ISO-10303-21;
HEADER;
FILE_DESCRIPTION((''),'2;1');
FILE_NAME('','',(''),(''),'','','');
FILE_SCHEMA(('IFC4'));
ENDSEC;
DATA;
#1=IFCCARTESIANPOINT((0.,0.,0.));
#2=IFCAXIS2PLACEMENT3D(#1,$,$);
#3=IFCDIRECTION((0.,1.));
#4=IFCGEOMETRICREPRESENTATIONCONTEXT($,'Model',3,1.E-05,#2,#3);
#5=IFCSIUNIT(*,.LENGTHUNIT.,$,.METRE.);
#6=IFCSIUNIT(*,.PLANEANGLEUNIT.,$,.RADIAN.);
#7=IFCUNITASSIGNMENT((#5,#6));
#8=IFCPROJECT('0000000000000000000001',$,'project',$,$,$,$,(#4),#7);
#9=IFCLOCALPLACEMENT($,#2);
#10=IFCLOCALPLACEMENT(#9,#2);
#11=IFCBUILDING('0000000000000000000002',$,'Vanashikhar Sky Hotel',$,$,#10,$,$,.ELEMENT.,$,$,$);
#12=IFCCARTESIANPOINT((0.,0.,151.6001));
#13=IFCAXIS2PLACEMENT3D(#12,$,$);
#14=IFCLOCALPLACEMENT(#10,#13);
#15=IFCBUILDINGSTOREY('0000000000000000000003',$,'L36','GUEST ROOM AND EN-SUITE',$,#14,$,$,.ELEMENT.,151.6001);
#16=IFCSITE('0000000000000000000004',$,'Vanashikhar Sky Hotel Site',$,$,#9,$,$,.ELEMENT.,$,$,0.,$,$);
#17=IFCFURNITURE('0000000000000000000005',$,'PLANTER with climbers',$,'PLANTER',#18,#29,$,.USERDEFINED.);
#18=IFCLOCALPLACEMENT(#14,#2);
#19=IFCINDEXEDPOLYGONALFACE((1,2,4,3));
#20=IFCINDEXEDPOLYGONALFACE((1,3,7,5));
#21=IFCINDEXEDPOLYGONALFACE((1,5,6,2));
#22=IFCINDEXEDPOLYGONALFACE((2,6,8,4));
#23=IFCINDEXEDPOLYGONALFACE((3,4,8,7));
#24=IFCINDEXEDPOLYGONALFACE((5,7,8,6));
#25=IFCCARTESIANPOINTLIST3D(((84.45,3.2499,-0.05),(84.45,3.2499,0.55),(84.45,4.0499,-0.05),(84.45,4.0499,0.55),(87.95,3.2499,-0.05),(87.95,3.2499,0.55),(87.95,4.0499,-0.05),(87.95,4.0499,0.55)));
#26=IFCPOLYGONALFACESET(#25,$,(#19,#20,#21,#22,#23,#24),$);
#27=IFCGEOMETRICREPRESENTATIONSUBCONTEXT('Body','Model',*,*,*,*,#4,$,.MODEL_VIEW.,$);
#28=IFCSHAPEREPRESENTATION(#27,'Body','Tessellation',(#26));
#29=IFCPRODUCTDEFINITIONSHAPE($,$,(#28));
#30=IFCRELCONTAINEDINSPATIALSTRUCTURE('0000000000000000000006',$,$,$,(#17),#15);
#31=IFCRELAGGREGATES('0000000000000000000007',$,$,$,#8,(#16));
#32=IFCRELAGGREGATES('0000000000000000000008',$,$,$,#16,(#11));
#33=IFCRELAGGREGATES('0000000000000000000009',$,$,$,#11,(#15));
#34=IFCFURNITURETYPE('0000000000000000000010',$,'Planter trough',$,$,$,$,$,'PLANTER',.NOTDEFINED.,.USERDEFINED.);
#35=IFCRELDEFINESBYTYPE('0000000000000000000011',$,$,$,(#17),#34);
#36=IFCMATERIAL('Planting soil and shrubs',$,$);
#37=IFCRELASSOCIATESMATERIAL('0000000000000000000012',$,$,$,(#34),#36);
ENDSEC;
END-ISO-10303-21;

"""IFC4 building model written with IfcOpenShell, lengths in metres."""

from ifc_helpers import new_model, si_unit, direction, frame, origin, origin_2d, place, context, subcontext, project, spatial, rectangle, extrude, source, transform, mapped, material, type_object, element, save


model = new_model("IFC4")

# Units and contexts
model_context = context("Model", 3, precision=1e-05, world=origin(), true_north=direction((0.0, 1.0)))
body_context = subcontext(model_context, "Body", "Model", "MODEL_VIEW")
ifc_project = project(units=[si_unit("LENGTHUNIT", "METRE"), si_unit("PLANEANGLEUNIT", "RADIAN")], contexts=[model_context])

# Site, building, storey
site_placement = place(None, origin())
site = spatial("IfcSite", under=ifc_project, at=site_placement, Name="Vanashikhar Sky Hotel Site", CompositionType="ELEMENT", RefElevation=0.0)
building_placement = place(site_placement, origin())
building = spatial("IfcBuilding", under=site, at=building_placement, Name="Vanashikhar Sky Hotel", CompositionType="ELEMENT")
storey_placement = place(building_placement, frame((0.0, 0.0, 151.6001)))
storey = spatial("IfcBuildingStorey", under=building, at=storey_placement, Name="L36", Description="GUEST ROOM AND EN-SUITE", CompositionType="ELEMENT", Elevation=151.6001)

# Furniture
ifc_material_1 = material(Name="Planting soil and shrubs")
furniture_type = type_object("IfcFurnitureType", Name="Planter trough", ElementType="PLANTER", AssemblyPlace="NOTDEFINED", PredefinedType="USERDEFINED", material=ifc_material_1)
shared_shape_1 = source(origin(), body_context, "Body", "SweptSolid", [
    extrude(rectangle(XDim=3.5, YDim=0.8, at=origin_2d()), origin(), (0.0, 0.0, 1.0), 0.6001),
])
furniture_placement = place(storey_placement, frame((86.2, 3.6499, -0.05), z_axis=(0.0, 0.0, 1.0), x_axis=(1.0, 0.0, 0.0)))
element("IfcFurniture", 1, at=furniture_placement, inside=storey, type_object=furniture_type, Name="PLANTER with climbers", ObjectType="PLANTER", PredefinedType="USERDEFINED", context=body_context, shape_type="MappedRepresentation", body=[
    mapped(shared_shape_1, transform((0.0, 0.0, 0.0), scale=1.0)),
])

save(model, "model.ifc")
